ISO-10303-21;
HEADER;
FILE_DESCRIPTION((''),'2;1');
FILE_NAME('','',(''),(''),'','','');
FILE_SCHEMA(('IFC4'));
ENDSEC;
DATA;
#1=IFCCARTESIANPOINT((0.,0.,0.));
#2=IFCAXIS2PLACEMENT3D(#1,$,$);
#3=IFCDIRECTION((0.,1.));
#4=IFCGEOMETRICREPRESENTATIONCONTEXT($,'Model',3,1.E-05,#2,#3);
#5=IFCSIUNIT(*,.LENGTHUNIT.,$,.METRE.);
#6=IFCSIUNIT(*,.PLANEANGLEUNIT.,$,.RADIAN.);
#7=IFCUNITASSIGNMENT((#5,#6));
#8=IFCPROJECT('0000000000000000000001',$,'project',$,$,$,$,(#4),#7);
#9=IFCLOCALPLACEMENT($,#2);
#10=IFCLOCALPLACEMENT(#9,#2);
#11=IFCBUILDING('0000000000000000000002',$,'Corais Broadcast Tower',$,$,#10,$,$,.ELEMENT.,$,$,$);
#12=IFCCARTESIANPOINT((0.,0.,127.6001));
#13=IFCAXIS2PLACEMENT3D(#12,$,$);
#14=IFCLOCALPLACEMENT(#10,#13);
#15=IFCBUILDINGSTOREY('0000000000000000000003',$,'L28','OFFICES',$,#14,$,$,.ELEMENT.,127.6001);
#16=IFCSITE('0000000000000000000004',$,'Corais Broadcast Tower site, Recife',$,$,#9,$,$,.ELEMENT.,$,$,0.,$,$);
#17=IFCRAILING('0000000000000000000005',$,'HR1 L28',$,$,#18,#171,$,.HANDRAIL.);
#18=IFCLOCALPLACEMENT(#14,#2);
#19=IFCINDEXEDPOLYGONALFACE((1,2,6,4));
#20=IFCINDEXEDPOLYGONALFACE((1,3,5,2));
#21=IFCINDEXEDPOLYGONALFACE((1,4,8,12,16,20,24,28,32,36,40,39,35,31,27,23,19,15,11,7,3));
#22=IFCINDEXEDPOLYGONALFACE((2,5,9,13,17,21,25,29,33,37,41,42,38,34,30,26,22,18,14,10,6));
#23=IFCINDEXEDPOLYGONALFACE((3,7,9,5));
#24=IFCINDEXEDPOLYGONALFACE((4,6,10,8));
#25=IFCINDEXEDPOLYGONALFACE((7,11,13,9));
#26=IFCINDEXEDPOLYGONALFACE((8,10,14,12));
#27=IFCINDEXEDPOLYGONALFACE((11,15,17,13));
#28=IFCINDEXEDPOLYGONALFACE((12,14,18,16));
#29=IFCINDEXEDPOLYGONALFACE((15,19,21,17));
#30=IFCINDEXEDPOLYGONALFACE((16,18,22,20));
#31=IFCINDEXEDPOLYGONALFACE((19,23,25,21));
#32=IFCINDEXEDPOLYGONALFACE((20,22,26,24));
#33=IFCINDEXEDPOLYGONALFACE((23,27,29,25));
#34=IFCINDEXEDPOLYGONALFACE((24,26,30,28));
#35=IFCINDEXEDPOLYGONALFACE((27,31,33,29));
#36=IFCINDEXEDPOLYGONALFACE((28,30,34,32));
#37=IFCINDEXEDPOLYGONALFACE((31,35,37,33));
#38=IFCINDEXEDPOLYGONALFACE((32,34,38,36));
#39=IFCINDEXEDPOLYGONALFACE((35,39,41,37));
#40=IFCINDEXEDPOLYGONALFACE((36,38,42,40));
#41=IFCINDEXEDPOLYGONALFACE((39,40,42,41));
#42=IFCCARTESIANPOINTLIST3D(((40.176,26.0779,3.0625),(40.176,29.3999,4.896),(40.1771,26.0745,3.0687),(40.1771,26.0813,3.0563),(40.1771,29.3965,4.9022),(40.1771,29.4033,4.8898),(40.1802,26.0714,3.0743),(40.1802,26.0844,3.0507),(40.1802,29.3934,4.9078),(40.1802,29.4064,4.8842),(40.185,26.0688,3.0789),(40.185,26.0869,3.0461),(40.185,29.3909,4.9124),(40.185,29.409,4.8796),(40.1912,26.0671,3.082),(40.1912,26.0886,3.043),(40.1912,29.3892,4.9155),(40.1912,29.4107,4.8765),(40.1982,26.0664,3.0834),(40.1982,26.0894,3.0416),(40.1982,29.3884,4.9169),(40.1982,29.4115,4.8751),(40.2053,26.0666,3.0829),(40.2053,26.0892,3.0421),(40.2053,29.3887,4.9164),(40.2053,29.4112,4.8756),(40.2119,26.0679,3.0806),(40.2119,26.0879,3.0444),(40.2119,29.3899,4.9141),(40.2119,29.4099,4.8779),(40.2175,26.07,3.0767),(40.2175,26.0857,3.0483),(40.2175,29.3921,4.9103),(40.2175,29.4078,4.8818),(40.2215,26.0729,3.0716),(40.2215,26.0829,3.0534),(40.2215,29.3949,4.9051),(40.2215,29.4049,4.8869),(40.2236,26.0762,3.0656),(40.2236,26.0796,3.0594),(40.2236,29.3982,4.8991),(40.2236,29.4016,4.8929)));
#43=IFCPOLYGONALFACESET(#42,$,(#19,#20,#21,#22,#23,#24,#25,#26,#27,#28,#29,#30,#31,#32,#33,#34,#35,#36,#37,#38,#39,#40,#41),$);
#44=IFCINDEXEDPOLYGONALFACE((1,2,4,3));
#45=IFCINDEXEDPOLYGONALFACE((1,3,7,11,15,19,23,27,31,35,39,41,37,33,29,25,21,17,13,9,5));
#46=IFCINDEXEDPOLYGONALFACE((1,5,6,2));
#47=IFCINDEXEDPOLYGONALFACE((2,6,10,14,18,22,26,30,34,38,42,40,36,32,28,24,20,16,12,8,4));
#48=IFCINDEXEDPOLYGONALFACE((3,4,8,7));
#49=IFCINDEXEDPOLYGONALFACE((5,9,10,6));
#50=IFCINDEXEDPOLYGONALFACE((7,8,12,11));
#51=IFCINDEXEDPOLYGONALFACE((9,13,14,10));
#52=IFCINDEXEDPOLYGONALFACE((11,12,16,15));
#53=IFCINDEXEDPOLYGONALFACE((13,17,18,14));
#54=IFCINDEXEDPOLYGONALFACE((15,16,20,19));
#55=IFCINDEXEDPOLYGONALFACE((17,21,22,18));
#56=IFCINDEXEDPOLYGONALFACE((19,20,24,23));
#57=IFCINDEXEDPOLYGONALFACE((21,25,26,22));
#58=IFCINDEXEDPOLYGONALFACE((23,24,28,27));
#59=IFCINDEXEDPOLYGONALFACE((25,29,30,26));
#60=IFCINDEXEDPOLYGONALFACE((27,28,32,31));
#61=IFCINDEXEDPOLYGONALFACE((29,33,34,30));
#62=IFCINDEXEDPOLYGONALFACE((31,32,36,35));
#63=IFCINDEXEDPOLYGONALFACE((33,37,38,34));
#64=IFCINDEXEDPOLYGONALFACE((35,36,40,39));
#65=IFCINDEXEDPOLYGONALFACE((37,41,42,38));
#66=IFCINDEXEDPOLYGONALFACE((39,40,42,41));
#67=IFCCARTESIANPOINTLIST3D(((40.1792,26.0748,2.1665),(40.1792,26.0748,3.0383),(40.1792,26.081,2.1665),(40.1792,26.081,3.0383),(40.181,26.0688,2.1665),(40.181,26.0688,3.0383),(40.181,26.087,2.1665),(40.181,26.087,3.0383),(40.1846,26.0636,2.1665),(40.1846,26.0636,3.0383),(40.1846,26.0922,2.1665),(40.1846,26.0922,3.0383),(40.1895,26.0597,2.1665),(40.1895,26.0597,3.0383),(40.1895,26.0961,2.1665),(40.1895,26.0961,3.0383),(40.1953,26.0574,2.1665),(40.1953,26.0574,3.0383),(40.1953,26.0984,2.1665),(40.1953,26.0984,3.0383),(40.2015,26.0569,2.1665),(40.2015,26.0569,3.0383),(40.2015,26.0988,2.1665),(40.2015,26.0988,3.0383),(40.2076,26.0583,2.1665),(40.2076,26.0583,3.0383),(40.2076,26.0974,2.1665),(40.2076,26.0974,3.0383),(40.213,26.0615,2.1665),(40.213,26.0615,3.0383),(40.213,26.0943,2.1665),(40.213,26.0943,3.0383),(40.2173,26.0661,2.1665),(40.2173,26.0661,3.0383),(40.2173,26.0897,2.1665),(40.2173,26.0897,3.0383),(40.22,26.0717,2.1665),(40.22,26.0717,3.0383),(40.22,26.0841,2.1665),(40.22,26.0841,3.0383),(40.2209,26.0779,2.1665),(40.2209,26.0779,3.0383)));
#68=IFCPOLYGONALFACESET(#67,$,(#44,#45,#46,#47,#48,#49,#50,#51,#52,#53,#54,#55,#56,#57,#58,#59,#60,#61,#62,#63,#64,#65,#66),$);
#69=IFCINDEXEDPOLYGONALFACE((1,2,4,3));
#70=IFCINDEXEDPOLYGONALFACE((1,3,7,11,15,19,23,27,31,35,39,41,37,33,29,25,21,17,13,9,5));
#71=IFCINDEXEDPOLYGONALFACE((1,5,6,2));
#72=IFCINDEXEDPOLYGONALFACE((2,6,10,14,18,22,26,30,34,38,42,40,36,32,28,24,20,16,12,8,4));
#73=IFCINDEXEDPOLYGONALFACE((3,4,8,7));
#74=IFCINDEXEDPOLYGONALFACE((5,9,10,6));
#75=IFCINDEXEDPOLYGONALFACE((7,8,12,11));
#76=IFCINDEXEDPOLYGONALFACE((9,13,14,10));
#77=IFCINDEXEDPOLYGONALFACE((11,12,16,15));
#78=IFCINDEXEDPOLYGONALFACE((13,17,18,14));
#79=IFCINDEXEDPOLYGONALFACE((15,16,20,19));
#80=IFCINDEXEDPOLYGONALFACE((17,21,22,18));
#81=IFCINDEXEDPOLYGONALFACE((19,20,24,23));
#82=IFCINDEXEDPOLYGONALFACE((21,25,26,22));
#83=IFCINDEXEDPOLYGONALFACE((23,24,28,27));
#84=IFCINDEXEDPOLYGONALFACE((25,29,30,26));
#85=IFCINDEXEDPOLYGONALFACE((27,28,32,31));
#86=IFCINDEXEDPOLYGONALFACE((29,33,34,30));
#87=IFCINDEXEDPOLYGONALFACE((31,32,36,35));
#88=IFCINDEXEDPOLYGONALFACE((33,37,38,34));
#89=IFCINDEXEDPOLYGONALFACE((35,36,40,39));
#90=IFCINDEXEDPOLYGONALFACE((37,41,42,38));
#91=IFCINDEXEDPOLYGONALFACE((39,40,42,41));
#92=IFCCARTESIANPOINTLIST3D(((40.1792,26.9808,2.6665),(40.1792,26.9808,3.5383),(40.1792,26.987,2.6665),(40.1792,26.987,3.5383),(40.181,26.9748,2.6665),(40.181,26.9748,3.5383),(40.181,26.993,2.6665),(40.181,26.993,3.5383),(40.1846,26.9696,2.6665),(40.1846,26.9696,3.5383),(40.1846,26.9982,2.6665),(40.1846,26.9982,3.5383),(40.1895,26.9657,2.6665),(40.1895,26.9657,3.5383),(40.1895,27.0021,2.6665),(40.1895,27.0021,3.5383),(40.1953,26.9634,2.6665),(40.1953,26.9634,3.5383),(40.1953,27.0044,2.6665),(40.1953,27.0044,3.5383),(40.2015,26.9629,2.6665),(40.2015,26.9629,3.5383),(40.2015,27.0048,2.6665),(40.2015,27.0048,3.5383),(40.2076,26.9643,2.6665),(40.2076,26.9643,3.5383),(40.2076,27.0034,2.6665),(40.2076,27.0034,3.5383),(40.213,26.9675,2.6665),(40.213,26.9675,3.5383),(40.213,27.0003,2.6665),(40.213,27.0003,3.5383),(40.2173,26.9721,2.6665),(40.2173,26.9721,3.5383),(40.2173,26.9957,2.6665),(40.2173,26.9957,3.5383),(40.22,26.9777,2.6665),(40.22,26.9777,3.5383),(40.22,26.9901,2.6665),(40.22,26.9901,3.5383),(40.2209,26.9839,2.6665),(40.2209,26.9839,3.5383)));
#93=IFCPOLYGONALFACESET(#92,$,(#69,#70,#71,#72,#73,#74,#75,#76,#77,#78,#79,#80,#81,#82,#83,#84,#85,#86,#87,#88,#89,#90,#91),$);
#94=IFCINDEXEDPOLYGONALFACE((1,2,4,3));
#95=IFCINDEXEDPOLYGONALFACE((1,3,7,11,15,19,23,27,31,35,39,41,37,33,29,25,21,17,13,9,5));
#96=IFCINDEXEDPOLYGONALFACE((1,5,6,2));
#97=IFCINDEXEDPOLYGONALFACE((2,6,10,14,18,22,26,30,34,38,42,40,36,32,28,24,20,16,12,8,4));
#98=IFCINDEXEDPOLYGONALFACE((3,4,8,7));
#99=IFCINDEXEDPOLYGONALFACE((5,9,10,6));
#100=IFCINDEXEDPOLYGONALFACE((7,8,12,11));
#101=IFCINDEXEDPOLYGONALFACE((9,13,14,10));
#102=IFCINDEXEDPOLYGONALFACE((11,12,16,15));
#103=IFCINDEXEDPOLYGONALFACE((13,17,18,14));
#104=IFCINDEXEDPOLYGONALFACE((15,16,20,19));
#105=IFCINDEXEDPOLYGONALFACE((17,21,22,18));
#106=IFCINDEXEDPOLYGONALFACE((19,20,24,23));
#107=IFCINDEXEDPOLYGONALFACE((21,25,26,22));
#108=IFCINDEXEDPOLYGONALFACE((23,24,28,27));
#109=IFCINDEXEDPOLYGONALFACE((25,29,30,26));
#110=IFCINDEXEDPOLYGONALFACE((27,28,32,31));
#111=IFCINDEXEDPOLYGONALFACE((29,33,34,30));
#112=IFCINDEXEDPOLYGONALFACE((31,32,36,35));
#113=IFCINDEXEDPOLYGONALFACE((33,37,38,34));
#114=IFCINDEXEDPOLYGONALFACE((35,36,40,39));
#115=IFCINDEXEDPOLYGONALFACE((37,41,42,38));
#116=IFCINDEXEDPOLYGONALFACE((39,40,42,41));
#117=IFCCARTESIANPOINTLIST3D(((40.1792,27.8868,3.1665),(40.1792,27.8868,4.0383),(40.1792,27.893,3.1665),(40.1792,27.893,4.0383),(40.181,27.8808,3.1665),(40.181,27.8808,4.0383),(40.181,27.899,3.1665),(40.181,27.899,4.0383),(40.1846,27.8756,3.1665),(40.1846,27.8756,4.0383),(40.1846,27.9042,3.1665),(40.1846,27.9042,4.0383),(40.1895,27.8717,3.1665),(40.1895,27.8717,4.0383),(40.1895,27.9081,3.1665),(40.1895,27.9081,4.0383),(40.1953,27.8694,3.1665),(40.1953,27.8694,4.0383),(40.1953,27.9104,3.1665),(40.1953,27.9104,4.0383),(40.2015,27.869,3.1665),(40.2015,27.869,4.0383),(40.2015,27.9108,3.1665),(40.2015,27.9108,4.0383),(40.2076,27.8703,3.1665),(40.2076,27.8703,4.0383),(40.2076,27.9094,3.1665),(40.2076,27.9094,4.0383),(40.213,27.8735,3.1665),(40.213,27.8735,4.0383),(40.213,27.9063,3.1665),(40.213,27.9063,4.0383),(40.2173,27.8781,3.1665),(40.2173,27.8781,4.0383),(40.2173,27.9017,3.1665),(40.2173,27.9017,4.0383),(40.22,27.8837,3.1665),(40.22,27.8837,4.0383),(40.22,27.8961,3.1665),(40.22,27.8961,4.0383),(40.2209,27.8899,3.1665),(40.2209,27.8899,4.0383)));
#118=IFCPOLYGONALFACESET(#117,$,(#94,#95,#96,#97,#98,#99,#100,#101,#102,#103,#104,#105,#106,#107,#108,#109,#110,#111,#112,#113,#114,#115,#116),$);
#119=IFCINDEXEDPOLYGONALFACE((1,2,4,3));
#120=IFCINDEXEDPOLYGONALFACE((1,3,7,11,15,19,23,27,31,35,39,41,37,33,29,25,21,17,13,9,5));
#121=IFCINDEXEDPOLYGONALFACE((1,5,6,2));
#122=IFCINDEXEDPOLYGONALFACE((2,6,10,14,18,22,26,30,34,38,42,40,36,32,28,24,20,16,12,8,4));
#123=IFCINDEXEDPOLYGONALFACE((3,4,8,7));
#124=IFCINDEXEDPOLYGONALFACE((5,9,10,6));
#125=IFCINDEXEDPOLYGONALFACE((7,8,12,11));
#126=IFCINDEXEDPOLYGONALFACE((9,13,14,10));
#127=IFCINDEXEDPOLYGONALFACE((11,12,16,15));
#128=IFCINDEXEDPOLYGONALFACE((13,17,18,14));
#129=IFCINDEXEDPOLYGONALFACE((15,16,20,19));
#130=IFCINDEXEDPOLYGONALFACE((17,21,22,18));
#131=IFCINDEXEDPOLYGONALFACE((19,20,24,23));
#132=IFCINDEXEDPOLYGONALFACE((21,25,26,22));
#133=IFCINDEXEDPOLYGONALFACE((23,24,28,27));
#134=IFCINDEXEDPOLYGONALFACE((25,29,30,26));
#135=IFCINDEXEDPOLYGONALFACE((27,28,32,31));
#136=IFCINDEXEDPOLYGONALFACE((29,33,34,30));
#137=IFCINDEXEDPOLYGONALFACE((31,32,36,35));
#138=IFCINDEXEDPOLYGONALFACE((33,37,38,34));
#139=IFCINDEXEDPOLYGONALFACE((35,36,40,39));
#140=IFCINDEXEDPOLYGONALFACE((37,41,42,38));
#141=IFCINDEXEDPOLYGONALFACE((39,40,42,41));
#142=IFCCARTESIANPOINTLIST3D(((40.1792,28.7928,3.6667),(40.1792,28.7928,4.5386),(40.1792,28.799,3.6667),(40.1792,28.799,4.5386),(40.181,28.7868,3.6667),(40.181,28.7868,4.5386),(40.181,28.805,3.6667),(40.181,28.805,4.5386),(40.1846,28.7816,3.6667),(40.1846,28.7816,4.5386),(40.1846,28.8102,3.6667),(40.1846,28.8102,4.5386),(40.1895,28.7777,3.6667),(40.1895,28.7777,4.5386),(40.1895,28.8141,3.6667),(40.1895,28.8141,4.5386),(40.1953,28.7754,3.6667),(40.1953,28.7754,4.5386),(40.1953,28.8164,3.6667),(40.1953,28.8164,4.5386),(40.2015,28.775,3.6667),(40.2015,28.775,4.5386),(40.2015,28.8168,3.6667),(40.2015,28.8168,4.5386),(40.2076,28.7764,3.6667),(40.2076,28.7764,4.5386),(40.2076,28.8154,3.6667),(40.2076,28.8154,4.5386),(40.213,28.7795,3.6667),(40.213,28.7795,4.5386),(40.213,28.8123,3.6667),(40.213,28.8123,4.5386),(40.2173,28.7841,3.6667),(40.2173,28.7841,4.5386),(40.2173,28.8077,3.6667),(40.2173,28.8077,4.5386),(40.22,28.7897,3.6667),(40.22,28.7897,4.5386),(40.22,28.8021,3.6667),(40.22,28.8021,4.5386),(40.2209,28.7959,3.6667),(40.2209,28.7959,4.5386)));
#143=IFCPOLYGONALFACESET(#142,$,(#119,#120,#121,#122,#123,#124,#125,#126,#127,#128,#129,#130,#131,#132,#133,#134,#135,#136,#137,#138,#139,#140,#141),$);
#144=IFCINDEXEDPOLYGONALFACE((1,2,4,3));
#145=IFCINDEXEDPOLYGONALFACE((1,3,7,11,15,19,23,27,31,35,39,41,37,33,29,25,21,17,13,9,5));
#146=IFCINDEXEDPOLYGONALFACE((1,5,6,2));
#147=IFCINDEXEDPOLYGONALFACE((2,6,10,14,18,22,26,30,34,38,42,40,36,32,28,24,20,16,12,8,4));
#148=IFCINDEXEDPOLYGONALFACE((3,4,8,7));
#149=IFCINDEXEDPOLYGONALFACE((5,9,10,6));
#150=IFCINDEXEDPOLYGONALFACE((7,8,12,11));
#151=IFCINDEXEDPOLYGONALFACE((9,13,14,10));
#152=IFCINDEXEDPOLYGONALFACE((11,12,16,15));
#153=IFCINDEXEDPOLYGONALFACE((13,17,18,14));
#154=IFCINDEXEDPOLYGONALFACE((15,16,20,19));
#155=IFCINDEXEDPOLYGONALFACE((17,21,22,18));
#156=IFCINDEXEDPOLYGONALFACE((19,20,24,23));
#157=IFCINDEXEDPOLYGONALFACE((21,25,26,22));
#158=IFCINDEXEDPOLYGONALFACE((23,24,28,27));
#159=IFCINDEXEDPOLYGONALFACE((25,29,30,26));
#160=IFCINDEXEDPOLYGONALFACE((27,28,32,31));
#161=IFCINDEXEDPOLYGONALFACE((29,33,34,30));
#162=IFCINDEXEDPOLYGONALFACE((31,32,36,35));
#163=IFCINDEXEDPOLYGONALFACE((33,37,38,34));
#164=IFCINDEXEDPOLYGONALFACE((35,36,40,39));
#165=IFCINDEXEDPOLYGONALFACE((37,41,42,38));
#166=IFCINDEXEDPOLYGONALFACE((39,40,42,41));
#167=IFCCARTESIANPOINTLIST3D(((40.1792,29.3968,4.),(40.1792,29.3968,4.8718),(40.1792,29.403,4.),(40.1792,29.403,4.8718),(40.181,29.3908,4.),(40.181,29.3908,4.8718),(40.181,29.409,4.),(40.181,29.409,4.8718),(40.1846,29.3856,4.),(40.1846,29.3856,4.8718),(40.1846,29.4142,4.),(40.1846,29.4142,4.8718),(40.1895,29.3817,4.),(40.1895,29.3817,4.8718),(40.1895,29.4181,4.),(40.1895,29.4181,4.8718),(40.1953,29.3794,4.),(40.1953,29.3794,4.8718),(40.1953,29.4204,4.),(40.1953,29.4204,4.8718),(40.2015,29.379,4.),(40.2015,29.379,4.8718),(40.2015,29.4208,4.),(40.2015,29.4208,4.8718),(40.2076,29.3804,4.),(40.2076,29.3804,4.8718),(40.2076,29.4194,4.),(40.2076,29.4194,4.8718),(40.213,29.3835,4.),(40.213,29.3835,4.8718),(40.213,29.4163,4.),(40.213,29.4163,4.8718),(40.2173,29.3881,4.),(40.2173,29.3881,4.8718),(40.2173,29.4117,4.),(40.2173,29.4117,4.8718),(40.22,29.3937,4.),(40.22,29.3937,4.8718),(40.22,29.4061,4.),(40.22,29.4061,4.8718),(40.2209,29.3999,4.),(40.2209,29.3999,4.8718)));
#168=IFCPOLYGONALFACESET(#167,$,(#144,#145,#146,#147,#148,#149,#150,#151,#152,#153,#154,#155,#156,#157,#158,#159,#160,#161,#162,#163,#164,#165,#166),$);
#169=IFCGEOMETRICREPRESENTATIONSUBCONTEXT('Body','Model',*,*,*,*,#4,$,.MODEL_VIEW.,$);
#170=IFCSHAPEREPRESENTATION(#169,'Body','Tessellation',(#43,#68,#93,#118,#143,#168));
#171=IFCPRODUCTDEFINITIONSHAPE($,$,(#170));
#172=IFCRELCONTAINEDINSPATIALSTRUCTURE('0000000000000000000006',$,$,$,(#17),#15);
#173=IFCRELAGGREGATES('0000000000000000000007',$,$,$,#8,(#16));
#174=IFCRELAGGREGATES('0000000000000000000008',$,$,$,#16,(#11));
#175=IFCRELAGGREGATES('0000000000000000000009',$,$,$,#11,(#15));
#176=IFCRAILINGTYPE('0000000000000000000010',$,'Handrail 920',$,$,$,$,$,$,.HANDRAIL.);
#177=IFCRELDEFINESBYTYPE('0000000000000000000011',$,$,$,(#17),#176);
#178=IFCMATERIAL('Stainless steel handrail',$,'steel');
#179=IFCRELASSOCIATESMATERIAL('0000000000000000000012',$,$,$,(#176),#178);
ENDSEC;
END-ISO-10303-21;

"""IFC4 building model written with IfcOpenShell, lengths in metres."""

from ifc_helpers import new_model, si_unit, direction, frame, origin, origin_2d, place, context, subcontext, project, spatial, circle, extrude, material, type_object, element, save


model = new_model("IFC4")

# Units and contexts
model_context = context("Model", 3, precision=1e-05, world=origin(), true_north=direction((0.0, 1.0)))
body_context = subcontext(model_context, "Body", "Model", "MODEL_VIEW")
ifc_project = project(units=[si_unit("LENGTHUNIT", "METRE"), si_unit("PLANEANGLEUNIT", "RADIAN")], contexts=[model_context])

# Site, building, storey
site_placement = place(None, origin())
site = spatial("IfcSite", under=ifc_project, at=site_placement, Name="Corais Broadcast Tower site, Recife", CompositionType="ELEMENT", RefElevation=0.0)
building_placement = place(site_placement, origin())
building = spatial("IfcBuilding", under=site, at=building_placement, Name="Corais Broadcast Tower", CompositionType="ELEMENT")
storey_placement = place(building_placement, frame((0.0, 0.0, 127.6001)))
storey = spatial("IfcBuildingStorey", under=building, at=storey_placement, Name="L28", Description="OFFICES", CompositionType="ELEMENT", Elevation=127.6001)

# Railing
ifc_material_1 = material(Name="Stainless steel handrail", Category="steel")
railing_type = type_object("IfcRailingType", Name="Handrail 920", PredefinedType="HANDRAIL", material=ifc_material_1)
for number, where, name in (
    (1, (40.2, 26.0779, 2.1665), "HR1 L28"),
):
    element("IfcRailing", number, at=place(storey_placement, frame(where)), inside=storey, type_object=railing_type, Name=name, PredefinedType="HANDRAIL", context=body_context, shape_type="SweptSolid", body=[
        extrude(circle(Radius=0.0239, at=origin_2d()), frame((0.0, 0.0, 0.896), z_axis=(0.0, 0.875504, 0.48321), x_axis=(-1.0, 0.0, 0.0)), (0.0, 0.0, 1.0), 3.7944),
        extrude(circle(Radius=0.021, at=origin_2d()), origin(), (0.0, 0.0, 1.0), 0.8718),
        extrude(circle(Radius=0.021, at=origin_2d()), frame((0.0, 0.906, 0.5)), (0.0, 0.0, 1.0), 0.8718),
        extrude(circle(Radius=0.021, at=origin_2d()), frame((0.0, 1.812, 1.0)), (0.0, 0.0, 1.0), 0.8718),
        extrude(circle(Radius=0.021, at=origin_2d()), frame((0.0, 2.718, 1.5002)), (0.0, 0.0, 1.0), 0.8718),
        extrude(circle(Radius=0.021, at=origin_2d()), frame((0.0, 3.322, 1.8335)), (0.0, 0.0, 1.0), 0.8718),
    ])

save(model, "model.ifc")
